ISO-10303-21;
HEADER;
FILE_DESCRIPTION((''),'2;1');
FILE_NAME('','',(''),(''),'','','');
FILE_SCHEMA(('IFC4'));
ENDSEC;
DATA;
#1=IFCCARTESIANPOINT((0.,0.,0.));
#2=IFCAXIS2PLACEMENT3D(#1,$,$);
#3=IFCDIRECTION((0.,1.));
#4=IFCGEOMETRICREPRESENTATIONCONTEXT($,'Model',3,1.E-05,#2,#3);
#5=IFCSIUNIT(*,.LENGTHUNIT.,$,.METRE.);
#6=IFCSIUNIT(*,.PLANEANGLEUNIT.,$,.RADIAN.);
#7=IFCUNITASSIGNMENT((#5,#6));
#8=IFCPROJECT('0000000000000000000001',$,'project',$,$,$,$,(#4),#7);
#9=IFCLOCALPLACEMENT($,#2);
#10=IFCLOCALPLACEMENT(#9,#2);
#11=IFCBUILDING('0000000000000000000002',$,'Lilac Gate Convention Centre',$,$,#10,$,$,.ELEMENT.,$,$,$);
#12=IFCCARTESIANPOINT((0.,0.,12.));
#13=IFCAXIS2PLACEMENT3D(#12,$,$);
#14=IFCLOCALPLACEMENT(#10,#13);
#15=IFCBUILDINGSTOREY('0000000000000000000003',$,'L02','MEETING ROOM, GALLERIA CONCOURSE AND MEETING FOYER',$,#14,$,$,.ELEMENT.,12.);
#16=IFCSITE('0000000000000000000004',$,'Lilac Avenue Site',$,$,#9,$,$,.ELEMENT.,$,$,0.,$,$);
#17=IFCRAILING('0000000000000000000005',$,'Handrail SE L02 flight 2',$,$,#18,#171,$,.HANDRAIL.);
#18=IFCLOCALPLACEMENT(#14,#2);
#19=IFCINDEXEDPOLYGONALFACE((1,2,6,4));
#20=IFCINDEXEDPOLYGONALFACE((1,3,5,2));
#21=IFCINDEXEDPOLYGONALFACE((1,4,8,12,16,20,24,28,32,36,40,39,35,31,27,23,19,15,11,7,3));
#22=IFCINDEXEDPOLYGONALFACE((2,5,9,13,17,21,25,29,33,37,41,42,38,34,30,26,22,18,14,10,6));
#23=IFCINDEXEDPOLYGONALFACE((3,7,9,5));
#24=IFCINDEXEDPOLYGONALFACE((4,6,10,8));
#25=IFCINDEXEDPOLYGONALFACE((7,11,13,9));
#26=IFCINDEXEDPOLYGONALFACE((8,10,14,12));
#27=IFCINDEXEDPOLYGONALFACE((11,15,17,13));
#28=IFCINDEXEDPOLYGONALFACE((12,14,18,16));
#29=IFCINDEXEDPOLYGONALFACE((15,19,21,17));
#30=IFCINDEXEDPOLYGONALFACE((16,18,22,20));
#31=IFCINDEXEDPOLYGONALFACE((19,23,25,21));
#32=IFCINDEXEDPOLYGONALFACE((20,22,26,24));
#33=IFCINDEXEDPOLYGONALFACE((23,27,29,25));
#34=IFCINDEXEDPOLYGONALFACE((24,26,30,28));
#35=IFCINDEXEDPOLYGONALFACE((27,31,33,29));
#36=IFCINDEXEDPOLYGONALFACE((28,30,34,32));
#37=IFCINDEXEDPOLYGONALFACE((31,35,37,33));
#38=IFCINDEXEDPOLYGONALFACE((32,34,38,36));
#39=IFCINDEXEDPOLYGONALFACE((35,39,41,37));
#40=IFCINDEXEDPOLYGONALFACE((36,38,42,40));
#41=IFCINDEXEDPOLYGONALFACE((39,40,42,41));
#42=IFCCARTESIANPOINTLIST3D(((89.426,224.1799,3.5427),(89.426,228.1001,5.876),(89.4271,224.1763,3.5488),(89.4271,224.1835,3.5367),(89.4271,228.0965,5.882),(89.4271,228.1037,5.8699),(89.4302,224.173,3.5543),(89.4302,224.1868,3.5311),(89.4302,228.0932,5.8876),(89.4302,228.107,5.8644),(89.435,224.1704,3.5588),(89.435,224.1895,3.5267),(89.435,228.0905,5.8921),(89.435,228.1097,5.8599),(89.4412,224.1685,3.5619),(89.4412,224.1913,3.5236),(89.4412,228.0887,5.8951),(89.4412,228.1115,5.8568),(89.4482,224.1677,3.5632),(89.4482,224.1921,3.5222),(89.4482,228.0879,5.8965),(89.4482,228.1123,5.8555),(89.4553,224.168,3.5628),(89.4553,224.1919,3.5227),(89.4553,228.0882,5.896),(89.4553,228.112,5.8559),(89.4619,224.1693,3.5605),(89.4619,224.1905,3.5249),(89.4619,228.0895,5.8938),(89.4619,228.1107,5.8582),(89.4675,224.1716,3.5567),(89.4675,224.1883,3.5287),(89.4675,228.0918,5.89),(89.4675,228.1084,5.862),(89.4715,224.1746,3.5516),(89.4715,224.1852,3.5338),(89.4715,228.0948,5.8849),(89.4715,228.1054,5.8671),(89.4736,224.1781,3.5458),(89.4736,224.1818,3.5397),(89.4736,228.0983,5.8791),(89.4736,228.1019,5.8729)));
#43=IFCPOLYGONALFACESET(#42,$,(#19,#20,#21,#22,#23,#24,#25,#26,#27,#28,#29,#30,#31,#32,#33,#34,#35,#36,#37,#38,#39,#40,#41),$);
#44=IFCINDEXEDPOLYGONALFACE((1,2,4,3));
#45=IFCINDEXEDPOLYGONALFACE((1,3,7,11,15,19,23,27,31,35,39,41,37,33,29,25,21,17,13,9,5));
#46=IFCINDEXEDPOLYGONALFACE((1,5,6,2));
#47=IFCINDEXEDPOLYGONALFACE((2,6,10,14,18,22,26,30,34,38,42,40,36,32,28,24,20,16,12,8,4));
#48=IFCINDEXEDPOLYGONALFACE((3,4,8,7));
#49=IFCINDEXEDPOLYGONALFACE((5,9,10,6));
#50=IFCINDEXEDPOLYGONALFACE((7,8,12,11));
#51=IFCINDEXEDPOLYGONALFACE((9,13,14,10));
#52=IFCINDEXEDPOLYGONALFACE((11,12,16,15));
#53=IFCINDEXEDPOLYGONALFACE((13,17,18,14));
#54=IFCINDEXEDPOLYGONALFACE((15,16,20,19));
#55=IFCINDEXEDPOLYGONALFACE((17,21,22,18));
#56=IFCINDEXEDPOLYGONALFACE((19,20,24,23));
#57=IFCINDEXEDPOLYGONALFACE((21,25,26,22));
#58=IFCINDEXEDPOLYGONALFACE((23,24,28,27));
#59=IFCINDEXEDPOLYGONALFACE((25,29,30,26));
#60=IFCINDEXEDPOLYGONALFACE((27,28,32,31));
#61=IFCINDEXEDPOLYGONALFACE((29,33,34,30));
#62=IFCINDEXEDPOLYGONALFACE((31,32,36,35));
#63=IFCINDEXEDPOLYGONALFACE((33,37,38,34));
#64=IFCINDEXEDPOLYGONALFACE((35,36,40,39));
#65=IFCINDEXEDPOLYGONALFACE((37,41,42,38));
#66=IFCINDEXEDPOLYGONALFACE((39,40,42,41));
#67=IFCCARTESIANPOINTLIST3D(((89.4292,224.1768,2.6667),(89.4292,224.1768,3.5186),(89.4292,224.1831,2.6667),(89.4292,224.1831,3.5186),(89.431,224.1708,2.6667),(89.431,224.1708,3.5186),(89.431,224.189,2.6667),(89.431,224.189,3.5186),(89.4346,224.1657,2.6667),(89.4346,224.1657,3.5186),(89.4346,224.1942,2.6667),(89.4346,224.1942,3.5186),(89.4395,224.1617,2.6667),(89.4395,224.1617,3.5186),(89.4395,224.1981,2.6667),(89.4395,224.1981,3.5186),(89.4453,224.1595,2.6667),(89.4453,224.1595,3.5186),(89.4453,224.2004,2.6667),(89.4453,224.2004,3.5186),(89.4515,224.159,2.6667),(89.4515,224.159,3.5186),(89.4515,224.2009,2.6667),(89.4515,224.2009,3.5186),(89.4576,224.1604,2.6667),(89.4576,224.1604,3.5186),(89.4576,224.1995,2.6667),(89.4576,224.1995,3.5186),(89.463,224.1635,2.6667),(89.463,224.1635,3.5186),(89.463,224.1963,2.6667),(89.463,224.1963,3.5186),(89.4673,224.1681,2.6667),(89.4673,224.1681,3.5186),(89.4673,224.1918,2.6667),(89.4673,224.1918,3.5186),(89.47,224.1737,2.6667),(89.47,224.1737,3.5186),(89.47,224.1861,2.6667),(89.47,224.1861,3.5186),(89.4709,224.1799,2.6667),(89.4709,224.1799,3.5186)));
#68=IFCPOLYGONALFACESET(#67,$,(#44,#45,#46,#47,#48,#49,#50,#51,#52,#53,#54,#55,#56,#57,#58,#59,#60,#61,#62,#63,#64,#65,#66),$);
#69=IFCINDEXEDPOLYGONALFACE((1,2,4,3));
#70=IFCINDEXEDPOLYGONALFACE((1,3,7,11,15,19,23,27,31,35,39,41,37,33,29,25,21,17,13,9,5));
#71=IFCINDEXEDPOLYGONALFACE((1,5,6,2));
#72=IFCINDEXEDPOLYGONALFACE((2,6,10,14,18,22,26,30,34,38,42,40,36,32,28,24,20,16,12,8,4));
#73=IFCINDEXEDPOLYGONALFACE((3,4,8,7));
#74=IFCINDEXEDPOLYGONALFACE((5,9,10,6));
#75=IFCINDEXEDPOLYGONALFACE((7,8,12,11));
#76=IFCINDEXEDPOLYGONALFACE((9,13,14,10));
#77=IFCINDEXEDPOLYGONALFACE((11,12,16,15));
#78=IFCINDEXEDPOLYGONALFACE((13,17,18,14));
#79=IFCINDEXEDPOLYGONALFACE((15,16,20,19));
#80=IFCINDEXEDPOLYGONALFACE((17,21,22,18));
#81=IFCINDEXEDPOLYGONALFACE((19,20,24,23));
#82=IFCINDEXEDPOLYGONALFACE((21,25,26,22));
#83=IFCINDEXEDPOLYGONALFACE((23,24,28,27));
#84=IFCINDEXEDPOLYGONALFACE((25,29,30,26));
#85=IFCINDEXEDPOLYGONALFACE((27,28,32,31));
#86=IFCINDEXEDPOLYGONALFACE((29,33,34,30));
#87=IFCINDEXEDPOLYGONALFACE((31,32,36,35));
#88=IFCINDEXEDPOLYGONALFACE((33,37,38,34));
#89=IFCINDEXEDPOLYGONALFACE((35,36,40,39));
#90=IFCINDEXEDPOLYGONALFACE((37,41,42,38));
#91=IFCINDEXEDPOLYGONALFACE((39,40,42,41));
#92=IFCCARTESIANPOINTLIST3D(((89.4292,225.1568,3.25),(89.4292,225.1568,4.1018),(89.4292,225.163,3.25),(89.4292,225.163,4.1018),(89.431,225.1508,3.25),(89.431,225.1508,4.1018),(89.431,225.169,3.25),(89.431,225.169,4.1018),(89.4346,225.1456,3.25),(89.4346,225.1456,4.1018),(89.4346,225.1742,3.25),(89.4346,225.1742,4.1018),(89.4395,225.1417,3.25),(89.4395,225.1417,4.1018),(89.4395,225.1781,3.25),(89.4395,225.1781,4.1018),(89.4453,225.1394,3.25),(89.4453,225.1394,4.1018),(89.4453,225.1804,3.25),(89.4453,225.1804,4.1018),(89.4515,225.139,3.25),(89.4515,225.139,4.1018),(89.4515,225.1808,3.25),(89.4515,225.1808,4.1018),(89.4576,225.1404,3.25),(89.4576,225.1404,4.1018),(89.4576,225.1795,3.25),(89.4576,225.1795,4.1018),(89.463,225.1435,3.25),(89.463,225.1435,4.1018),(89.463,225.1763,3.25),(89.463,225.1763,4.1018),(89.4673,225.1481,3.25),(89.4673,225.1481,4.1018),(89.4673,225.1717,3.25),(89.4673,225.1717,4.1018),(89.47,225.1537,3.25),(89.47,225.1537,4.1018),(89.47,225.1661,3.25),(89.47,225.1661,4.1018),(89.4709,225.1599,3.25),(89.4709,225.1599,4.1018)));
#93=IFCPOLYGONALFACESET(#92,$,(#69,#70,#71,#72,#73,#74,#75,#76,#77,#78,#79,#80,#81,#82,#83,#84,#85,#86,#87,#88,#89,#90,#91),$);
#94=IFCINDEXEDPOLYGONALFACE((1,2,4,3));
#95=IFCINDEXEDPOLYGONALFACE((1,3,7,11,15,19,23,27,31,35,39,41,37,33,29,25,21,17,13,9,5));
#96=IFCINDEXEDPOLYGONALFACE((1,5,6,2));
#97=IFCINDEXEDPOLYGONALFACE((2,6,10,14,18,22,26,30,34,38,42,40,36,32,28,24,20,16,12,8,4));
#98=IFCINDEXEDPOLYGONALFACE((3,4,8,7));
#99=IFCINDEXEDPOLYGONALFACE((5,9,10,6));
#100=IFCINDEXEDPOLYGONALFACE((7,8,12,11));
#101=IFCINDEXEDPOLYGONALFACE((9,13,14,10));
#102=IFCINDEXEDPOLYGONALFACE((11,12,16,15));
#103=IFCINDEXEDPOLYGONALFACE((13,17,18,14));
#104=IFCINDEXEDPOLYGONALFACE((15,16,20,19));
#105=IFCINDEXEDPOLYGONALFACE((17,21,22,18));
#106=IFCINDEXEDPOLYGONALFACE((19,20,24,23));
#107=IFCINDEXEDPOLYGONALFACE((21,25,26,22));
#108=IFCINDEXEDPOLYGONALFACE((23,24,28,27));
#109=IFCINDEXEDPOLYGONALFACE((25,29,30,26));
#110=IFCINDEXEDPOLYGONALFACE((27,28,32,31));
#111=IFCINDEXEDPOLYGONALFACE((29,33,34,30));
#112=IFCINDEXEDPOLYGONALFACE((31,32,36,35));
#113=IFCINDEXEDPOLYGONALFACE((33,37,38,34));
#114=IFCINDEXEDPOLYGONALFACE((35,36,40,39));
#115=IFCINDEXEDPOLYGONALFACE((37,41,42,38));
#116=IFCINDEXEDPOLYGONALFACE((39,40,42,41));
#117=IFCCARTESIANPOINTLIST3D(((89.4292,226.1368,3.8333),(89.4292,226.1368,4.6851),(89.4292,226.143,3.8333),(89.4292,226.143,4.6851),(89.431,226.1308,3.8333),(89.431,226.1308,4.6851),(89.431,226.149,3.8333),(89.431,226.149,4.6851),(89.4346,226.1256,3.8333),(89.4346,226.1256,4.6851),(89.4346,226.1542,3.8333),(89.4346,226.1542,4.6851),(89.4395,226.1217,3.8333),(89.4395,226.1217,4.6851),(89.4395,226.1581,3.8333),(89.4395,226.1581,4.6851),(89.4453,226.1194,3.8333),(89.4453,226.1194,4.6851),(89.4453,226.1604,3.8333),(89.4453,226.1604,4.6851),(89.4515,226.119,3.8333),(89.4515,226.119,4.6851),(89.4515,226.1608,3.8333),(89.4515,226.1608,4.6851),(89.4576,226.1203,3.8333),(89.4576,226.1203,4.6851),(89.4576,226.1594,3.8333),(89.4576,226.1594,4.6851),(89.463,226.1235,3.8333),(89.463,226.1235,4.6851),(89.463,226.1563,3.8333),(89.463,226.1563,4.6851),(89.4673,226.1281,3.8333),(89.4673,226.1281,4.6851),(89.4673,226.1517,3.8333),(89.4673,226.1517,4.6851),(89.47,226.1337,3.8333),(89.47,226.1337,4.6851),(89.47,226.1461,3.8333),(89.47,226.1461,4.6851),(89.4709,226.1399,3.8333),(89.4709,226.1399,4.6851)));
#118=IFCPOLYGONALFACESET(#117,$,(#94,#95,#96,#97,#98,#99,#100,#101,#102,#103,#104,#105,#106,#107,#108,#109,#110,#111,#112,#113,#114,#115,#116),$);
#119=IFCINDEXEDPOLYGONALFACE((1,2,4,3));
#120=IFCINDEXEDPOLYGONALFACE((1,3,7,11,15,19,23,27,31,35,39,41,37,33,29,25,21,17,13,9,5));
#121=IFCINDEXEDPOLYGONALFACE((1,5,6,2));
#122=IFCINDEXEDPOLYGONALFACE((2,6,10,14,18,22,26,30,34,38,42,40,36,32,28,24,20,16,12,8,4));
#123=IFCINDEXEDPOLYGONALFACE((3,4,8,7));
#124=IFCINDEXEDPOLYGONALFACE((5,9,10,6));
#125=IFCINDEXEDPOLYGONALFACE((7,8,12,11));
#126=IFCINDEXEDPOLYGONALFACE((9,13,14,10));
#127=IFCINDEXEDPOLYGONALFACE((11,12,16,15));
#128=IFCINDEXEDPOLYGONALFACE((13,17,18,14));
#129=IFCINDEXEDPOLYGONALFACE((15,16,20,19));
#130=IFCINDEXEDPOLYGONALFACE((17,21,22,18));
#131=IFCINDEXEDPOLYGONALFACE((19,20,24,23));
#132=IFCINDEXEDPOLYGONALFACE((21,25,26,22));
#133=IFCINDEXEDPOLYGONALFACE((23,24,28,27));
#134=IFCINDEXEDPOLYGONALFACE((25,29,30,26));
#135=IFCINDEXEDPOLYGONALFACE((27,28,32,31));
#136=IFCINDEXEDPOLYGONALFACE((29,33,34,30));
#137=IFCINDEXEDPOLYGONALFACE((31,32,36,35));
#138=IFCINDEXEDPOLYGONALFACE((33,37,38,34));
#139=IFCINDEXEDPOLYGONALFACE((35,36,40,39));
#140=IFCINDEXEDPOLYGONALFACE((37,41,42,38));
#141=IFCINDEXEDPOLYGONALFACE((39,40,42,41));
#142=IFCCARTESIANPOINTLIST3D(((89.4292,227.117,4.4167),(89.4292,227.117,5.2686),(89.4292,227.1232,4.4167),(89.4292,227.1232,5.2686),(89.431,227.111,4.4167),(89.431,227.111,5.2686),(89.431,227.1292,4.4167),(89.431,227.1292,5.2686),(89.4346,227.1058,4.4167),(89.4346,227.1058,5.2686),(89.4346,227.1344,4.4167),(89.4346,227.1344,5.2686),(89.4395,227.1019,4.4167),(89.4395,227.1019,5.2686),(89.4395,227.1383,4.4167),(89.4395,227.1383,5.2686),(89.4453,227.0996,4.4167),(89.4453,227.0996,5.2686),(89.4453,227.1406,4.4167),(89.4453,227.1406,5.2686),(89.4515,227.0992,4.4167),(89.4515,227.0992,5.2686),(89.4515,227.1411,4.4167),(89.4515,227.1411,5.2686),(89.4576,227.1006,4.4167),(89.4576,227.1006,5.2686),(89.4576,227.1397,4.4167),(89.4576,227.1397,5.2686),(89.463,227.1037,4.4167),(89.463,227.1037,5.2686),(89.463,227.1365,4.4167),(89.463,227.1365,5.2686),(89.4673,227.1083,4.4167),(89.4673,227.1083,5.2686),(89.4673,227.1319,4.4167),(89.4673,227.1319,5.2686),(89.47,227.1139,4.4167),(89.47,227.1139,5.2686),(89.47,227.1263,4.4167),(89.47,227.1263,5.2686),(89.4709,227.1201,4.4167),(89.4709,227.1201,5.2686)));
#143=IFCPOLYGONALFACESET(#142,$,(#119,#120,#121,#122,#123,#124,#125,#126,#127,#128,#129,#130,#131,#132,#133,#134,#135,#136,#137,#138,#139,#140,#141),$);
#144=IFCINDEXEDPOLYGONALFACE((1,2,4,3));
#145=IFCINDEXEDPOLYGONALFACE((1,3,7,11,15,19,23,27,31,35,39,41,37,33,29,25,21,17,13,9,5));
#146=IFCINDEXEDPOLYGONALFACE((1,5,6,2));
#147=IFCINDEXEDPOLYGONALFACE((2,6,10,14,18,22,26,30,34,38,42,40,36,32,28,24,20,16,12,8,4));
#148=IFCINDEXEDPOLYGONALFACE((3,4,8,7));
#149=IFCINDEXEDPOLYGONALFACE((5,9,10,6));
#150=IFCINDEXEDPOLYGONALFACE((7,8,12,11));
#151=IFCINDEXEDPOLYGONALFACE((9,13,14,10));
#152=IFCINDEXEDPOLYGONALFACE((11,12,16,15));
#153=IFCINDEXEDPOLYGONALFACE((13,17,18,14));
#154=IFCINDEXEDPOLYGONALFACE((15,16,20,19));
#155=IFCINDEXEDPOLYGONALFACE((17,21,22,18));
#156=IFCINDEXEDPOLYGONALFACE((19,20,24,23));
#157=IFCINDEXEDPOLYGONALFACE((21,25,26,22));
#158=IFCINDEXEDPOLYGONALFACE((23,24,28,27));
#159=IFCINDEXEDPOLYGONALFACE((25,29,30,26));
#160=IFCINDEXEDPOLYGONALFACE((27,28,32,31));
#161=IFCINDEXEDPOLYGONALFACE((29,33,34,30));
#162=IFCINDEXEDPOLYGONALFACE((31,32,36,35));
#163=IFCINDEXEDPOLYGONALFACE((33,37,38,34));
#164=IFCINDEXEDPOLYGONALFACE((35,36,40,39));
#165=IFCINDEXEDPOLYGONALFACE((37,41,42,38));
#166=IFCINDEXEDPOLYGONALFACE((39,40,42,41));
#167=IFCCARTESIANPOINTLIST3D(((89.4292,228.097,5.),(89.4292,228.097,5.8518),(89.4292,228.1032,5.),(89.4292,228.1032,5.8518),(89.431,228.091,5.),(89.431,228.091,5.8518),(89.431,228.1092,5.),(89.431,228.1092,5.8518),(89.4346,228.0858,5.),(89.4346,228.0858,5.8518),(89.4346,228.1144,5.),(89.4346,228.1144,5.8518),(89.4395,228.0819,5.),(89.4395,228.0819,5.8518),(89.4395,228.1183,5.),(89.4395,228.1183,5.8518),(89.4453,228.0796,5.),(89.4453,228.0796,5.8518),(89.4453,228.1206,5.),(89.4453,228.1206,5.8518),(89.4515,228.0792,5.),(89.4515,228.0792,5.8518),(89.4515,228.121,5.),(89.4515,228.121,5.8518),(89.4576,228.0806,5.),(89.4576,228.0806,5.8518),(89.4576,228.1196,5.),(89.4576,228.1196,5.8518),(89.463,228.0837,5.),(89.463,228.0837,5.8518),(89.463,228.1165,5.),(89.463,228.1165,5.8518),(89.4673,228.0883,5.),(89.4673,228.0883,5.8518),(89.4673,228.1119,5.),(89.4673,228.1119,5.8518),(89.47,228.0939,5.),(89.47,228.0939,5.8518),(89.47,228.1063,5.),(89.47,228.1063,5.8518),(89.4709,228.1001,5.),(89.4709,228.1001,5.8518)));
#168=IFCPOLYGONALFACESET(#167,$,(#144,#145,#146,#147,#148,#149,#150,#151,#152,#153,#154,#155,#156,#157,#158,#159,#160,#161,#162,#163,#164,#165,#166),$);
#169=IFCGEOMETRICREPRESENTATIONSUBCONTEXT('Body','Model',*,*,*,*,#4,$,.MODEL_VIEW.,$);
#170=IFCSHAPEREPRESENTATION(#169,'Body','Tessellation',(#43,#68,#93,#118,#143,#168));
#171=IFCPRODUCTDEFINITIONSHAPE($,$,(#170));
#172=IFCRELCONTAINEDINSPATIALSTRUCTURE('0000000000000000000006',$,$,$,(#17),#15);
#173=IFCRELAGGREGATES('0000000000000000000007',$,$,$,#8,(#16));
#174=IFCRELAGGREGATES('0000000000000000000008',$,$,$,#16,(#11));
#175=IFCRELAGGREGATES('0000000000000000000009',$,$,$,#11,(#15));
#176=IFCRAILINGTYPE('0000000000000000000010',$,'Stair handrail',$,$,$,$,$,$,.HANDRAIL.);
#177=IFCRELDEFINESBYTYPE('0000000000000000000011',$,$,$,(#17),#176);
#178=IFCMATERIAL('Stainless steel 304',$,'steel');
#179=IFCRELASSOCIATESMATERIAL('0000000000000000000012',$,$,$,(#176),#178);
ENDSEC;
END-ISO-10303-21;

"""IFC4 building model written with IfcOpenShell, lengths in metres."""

from ifc_helpers import new_model, si_unit, direction, frame, origin, origin_2d, place, context, subcontext, project, spatial, circle, extrude, material, type_object, element, save


model = new_model("IFC4")

# Units and contexts
model_context = context("Model", 3, precision=1e-05, world=origin(), true_north=direction((0.0, 1.0)))
body_context = subcontext(model_context, "Body", "Model", "MODEL_VIEW")
ifc_project = project(units=[si_unit("LENGTHUNIT", "METRE"), si_unit("PLANEANGLEUNIT", "RADIAN")], contexts=[model_context])

# Site, building, storey
site_placement = place(None, origin())
site = spatial("IfcSite", under=ifc_project, at=site_placement, Name="Lilac Avenue Site", CompositionType="ELEMENT", RefElevation=0.0)
building_placement = place(site_placement, origin())
building = spatial("IfcBuilding", under=site, at=building_placement, Name="Lilac Gate Convention Centre", CompositionType="ELEMENT")
storey_placement = place(building_placement, frame((0.0, 0.0, 12.0)))
storey = spatial("IfcBuildingStorey", under=building, at=storey_placement, Name="L02", Description="MEETING ROOM, GALLERIA CONCOURSE AND MEETING FOYER", CompositionType="ELEMENT", Elevation=12.0)

# Railing
ifc_material_1 = material(Name="Stainless steel 304", Category="steel")
railing_type = type_object("IfcRailingType", Name="Stair handrail", PredefinedType="HANDRAIL", material=ifc_material_1)
for number, where, name in (
    (1, (89.45, 224.1799, 2.6667), "Handrail SE L02 flight 2"),
):
    element("IfcRailing", number, at=place(storey_placement, frame(where)), inside=storey, type_object=railing_type, Name=name, PredefinedType="HANDRAIL", context=body_context, shape_type="SweptSolid", body=[
        extrude(circle(Radius=0.0239, at=origin_2d()), frame((0.0, 0.0, 0.876), z_axis=(0.0, 0.85931, 0.511455), x_axis=(-1.0, 0.0, 0.0)), (0.0, 0.0, 1.0), 4.562),
        extrude(circle(Radius=0.021, at=origin_2d()), origin(), (0.0, 0.0, 1.0), 0.8518),
        extrude(circle(Radius=0.021, at=origin_2d()), frame((0.0, 0.98, 0.5833)), (0.0, 0.0, 1.0), 0.8518),
        extrude(circle(Radius=0.021, at=origin_2d()), frame((0.0, 1.96, 1.1665)), (0.0, 0.0, 1.0), 0.8518),
        extrude(circle(Radius=0.021, at=origin_2d()), frame((0.0, 2.9402, 1.75)), (0.0, 0.0, 1.0), 0.8518),
        extrude(circle(Radius=0.021, at=origin_2d()), frame((0.0, 3.9202, 2.3333)), (0.0, 0.0, 1.0), 0.8518),
    ])

save(model, "model.ifc")
